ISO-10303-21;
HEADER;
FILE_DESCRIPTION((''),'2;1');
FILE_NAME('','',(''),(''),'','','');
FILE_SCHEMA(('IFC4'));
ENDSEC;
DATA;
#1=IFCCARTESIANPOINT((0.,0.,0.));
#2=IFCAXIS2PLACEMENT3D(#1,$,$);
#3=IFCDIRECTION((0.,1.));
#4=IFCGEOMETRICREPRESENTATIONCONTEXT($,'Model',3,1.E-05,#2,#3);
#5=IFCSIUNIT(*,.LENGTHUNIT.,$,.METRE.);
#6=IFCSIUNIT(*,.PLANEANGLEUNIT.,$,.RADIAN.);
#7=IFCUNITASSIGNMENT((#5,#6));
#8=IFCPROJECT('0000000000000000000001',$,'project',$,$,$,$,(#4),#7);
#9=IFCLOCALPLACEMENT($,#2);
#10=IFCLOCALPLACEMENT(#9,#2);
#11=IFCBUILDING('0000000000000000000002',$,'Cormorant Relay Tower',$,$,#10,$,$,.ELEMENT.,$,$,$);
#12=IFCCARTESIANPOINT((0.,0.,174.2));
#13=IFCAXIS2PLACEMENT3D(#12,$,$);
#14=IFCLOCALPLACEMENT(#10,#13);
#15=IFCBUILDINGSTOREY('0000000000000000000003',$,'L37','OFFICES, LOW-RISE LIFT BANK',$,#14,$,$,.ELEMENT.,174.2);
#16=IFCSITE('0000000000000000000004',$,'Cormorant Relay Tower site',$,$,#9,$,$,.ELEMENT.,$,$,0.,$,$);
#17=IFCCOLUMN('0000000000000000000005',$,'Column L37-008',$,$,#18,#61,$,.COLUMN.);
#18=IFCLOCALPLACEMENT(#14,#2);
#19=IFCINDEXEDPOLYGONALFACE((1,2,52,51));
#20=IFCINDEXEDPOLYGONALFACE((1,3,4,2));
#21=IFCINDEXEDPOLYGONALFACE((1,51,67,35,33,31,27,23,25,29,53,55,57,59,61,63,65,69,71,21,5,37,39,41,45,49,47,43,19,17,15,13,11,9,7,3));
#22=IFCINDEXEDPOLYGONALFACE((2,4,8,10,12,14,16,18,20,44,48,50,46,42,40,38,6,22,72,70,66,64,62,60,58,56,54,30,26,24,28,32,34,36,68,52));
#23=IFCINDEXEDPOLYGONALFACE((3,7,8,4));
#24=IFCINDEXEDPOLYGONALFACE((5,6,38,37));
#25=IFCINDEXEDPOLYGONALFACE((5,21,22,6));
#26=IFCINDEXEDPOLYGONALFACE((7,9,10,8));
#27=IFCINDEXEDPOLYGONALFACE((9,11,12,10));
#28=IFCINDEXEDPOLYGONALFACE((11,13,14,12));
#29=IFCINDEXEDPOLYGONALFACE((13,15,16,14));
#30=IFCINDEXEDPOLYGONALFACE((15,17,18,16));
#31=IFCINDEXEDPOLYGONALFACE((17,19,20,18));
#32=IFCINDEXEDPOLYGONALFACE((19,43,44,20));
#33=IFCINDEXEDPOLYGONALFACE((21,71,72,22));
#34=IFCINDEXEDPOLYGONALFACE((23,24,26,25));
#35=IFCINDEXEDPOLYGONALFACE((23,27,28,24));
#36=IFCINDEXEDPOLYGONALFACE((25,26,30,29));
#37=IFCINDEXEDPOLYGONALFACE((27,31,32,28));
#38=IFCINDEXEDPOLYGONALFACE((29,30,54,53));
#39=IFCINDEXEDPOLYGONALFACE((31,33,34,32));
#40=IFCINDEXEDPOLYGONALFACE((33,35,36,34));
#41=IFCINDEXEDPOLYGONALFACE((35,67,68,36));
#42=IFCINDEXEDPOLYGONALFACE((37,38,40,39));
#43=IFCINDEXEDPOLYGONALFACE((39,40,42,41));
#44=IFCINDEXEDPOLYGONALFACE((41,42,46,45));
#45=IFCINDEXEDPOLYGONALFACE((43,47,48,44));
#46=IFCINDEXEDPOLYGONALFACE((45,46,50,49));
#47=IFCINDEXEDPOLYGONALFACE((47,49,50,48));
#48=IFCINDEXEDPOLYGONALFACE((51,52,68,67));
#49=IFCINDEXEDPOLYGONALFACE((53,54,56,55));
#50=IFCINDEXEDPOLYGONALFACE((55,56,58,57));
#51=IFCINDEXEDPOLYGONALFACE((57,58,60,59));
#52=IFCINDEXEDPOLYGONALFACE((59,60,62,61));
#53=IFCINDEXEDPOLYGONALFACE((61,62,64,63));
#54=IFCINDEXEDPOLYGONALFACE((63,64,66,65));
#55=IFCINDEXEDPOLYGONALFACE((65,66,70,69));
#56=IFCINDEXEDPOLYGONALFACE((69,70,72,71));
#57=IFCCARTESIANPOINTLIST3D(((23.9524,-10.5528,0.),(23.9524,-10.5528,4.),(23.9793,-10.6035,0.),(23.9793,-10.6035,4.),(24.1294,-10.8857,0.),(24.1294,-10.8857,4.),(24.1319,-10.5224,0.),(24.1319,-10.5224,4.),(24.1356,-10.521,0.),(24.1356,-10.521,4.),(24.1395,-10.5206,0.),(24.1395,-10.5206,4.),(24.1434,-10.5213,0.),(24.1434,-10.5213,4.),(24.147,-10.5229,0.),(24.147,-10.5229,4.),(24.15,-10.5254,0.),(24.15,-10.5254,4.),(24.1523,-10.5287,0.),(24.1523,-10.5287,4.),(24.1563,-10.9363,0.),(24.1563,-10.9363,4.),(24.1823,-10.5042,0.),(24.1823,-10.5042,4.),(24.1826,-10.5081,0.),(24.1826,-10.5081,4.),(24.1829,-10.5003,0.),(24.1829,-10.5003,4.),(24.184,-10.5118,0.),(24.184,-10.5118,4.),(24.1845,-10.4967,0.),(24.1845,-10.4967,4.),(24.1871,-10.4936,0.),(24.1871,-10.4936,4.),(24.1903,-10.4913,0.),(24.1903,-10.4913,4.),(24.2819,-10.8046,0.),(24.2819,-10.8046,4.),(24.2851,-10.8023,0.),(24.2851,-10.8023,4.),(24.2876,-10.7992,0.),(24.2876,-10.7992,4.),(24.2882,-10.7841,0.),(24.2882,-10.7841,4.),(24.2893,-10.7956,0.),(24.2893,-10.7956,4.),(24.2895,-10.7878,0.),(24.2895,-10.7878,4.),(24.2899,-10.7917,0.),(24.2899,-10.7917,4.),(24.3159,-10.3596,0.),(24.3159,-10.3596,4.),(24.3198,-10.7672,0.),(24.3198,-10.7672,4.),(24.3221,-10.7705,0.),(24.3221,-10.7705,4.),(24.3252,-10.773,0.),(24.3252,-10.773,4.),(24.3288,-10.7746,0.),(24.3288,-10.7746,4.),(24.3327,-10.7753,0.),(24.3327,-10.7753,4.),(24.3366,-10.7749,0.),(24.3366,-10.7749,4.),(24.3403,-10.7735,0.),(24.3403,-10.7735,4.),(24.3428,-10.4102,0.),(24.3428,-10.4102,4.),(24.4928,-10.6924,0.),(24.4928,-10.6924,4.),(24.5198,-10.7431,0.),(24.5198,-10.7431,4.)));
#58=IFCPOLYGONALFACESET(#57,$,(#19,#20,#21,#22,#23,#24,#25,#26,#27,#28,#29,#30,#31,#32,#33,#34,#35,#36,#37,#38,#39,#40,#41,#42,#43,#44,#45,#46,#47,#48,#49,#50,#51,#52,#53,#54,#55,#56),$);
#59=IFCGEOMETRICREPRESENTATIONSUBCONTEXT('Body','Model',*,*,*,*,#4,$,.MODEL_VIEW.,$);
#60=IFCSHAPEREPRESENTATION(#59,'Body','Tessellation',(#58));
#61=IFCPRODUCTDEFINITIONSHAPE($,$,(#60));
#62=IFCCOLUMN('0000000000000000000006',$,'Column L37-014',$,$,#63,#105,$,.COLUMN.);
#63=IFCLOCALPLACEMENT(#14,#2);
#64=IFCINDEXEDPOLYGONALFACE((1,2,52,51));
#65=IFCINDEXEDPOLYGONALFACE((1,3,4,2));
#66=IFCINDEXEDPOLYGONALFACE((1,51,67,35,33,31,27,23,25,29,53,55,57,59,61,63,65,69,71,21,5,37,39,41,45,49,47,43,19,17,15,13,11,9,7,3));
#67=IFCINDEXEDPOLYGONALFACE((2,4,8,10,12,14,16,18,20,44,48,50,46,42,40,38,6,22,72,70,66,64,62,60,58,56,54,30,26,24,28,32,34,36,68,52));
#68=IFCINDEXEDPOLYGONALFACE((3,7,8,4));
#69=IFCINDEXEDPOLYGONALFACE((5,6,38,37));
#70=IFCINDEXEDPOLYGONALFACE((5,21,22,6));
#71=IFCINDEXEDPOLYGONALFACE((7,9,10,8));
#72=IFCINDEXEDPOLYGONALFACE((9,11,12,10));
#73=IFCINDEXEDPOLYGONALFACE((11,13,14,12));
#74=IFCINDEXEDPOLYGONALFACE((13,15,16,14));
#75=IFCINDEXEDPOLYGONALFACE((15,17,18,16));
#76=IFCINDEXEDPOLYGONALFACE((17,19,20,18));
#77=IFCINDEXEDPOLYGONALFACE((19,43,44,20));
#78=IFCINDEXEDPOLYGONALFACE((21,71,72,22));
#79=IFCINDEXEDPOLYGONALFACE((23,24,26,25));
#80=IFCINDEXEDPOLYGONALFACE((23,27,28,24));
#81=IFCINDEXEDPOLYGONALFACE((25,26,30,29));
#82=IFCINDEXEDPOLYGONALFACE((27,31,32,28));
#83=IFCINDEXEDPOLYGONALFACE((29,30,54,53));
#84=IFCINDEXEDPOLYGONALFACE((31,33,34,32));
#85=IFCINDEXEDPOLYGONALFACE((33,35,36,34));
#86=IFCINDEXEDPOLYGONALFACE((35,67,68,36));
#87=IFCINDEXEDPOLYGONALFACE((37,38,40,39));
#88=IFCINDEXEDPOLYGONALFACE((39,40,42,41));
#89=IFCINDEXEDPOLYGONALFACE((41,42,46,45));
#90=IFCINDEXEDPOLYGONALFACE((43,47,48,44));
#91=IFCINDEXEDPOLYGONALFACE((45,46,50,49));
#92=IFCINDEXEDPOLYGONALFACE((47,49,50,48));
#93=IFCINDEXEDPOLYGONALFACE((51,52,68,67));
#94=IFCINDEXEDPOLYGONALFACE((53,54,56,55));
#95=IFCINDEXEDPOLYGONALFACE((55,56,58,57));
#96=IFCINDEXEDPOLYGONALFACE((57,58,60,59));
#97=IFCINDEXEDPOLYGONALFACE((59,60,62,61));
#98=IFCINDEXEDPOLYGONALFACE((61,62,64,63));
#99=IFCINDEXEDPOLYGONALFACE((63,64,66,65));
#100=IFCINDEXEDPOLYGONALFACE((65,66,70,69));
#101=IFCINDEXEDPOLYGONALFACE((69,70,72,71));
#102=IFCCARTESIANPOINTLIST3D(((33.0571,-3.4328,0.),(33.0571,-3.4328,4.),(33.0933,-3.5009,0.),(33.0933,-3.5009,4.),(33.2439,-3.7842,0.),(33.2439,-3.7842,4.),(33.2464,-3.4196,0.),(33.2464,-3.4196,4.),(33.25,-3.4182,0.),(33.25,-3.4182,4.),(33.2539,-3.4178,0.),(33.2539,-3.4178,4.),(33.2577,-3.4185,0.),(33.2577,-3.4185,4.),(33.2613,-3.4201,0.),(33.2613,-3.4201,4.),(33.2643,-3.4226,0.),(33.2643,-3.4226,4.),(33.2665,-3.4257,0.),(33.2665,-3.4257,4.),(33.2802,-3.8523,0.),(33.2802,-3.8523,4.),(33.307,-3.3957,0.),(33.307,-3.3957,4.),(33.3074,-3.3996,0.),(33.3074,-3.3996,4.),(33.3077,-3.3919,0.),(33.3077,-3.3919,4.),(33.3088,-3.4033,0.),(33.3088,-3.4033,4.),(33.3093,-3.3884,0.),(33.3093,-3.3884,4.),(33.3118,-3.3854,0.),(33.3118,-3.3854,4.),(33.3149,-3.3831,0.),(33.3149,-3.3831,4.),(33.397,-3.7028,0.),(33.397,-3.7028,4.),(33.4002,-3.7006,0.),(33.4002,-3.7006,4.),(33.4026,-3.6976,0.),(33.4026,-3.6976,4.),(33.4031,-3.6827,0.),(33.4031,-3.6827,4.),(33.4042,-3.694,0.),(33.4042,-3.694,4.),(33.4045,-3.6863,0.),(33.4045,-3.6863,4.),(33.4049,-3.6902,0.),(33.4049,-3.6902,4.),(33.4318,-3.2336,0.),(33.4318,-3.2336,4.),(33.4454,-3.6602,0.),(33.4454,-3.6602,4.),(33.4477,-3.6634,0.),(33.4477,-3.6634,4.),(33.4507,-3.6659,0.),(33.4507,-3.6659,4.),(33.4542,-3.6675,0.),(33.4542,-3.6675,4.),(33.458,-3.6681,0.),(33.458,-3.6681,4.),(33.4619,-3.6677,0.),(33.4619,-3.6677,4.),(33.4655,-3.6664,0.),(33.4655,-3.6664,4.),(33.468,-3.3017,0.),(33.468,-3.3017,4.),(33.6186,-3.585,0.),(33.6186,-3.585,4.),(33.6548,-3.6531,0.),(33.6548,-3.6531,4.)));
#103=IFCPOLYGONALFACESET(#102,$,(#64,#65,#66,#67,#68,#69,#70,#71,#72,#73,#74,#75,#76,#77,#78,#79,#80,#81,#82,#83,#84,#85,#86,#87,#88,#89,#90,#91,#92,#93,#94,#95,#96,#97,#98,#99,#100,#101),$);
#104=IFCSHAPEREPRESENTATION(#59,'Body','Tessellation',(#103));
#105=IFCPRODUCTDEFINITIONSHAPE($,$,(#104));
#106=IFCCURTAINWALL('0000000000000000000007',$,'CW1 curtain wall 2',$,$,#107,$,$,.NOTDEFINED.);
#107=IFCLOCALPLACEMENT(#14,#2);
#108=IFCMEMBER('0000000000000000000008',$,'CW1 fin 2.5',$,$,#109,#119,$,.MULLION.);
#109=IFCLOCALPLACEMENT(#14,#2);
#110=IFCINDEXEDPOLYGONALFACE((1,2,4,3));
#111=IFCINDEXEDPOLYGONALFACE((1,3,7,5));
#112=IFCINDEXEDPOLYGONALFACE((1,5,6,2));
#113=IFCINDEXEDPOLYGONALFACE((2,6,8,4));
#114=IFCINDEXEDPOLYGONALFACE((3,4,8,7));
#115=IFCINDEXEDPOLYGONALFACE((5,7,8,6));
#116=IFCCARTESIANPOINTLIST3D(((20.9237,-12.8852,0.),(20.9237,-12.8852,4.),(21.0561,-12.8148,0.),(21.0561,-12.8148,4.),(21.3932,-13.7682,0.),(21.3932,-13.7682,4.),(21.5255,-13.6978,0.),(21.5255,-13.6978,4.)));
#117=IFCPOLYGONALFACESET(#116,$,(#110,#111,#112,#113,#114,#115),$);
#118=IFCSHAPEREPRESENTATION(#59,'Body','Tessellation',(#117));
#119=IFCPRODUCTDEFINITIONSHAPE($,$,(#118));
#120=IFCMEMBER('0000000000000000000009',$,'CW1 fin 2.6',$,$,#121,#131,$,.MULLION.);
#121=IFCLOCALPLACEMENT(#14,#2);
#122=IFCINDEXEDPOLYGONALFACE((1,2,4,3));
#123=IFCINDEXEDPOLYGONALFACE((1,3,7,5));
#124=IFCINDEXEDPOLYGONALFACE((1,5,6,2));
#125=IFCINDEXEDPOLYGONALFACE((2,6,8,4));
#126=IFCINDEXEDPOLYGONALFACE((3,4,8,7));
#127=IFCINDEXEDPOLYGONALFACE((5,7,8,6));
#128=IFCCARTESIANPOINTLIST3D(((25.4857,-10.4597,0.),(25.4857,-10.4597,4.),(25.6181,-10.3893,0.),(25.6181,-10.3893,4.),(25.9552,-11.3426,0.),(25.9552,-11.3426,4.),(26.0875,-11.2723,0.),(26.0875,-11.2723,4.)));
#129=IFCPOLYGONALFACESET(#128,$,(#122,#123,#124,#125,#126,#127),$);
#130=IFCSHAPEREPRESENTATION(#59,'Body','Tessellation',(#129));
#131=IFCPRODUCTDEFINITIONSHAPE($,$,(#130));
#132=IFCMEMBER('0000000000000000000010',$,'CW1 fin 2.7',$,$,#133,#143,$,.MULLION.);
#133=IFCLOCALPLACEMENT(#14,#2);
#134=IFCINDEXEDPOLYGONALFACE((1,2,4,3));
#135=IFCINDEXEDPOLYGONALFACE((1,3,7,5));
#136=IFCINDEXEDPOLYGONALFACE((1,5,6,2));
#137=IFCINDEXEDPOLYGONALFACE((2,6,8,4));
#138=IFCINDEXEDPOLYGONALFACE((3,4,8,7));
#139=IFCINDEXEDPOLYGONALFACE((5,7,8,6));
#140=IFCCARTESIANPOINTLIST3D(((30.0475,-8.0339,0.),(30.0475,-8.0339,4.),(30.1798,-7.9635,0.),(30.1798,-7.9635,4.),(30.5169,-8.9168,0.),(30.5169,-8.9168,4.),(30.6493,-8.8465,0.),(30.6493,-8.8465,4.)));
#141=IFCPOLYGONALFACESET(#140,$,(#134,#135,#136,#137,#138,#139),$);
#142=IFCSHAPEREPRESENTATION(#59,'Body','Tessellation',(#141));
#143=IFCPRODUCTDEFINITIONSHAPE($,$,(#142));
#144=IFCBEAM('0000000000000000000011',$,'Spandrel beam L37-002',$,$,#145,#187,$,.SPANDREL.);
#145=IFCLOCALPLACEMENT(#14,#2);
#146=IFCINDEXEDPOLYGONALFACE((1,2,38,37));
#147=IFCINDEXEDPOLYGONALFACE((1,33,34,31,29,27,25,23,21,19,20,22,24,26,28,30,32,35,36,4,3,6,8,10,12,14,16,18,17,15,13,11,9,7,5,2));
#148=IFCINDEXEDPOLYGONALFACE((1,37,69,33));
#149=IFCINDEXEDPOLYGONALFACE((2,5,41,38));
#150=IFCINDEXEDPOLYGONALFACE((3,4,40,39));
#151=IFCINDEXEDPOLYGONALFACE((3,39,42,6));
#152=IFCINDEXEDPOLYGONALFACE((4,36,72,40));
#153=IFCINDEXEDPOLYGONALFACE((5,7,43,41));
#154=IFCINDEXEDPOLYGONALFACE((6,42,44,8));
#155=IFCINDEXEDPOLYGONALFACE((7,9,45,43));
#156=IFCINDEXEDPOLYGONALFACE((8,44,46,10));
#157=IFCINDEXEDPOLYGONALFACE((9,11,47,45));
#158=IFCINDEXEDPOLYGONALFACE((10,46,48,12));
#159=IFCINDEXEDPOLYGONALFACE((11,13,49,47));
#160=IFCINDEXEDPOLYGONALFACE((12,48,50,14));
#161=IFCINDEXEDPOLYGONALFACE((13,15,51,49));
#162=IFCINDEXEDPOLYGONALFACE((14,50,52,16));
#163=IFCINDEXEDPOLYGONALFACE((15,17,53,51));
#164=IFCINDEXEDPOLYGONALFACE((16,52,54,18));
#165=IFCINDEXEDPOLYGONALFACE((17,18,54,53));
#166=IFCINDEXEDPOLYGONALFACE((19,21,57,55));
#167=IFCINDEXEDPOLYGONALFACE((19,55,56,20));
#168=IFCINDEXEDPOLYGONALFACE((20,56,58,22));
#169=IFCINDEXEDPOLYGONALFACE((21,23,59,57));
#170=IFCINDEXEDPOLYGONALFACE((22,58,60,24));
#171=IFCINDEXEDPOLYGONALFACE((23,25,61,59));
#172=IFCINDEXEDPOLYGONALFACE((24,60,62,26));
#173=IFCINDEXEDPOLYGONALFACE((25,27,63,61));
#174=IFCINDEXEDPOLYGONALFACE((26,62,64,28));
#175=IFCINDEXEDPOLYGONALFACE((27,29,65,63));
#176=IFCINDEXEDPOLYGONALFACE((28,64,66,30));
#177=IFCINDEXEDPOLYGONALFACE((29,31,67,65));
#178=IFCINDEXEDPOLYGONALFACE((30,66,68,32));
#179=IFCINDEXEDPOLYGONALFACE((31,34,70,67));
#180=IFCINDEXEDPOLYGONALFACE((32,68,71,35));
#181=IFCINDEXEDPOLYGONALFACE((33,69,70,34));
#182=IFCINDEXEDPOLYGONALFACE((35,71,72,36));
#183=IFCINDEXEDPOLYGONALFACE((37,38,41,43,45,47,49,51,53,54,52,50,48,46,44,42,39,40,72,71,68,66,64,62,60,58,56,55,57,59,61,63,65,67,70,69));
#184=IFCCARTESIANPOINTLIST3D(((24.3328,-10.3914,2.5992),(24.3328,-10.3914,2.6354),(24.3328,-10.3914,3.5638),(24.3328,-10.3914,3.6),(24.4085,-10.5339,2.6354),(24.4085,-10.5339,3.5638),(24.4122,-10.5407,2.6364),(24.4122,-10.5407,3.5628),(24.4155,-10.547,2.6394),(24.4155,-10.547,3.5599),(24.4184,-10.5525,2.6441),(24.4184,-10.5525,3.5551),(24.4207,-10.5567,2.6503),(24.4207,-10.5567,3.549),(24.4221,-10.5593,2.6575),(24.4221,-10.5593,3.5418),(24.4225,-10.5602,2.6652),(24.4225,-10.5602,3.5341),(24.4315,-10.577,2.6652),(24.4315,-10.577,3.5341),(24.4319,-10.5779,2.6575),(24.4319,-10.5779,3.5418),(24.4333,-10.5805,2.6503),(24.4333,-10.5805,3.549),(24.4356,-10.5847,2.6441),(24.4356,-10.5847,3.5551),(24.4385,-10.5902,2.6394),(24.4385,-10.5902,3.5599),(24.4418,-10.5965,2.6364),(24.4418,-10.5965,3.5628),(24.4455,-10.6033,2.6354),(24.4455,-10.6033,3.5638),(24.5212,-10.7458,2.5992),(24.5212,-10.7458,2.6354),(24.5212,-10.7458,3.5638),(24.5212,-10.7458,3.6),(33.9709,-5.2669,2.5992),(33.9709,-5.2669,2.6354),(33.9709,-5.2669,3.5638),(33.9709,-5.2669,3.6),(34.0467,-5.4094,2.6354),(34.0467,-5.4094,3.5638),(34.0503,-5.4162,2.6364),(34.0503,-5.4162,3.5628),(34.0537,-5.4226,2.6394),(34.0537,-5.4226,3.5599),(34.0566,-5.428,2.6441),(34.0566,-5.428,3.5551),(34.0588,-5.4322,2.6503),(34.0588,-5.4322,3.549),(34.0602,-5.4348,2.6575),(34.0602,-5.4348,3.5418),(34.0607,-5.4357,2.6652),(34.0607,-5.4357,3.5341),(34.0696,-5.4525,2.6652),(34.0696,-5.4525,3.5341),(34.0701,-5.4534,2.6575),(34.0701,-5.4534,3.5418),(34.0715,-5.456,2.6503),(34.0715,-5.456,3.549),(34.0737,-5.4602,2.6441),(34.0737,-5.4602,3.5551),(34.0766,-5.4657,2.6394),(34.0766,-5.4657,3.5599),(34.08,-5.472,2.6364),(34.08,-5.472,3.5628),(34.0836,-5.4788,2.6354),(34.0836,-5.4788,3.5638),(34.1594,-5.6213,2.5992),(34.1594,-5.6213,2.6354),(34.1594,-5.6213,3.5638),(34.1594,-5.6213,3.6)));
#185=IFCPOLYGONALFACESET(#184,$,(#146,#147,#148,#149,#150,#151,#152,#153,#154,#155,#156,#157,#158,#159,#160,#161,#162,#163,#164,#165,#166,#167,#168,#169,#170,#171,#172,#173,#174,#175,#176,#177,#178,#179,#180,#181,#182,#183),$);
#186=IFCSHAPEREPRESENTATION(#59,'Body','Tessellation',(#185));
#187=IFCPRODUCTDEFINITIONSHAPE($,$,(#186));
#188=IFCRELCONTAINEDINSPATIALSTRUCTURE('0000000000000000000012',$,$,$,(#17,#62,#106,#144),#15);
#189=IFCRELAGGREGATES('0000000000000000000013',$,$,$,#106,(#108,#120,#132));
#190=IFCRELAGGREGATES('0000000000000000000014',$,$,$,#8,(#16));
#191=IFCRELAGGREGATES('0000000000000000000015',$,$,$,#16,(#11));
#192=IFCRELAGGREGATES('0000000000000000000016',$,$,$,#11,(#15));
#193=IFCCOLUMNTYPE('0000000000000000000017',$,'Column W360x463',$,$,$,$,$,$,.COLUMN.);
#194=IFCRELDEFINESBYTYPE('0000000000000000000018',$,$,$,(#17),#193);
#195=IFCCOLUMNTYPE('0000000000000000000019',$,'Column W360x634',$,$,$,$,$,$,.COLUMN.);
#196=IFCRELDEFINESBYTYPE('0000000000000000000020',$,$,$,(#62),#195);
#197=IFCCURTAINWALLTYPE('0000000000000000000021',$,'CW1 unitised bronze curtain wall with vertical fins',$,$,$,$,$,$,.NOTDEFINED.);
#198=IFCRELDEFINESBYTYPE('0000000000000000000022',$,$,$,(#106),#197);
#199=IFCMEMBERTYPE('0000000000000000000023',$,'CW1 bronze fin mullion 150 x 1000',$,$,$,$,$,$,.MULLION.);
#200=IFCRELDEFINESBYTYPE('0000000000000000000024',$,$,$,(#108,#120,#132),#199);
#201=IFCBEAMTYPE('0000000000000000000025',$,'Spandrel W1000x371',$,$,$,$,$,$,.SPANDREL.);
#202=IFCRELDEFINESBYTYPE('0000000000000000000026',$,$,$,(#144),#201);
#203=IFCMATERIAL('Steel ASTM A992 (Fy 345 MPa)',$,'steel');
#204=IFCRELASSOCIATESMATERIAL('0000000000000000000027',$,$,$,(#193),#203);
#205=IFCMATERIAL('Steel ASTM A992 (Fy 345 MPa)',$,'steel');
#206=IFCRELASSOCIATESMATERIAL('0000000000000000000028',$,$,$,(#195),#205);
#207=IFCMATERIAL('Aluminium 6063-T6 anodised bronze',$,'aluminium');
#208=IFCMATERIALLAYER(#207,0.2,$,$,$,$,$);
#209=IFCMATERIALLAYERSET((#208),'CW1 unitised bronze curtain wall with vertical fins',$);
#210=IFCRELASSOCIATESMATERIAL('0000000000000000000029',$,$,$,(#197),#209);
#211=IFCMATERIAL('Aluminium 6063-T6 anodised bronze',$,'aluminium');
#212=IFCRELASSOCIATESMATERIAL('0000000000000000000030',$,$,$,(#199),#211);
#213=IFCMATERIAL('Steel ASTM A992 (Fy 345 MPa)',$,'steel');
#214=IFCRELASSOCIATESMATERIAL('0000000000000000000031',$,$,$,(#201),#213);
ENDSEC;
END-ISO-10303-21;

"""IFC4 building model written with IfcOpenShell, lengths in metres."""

from ifc_helpers import new_model, si_unit, direction, frame, origin, origin_2d, place, context, subcontext, project, spatial, rectangle, i_section, extrude, material, layer, layer_set, material_profile, profile_set, type_object, element, aggregate, save


model = new_model("IFC4")

# Units and contexts
model_context = context("Model", 3, precision=1e-05, world=origin(), true_north=direction((0.0, 1.0)))
body_context = subcontext(model_context, "Body", "Model", "MODEL_VIEW")
ifc_project = project(units=[si_unit("LENGTHUNIT", "METRE"), si_unit("PLANEANGLEUNIT", "RADIAN")], contexts=[model_context])

# Site, building, storey
site_placement = place(None, origin())
site = spatial("IfcSite", under=ifc_project, at=site_placement, Name="Cormorant Relay Tower site", CompositionType="ELEMENT", RefElevation=0.0)
building_placement = place(site_placement, origin())
building = spatial("IfcBuilding", under=site, at=building_placement, Name="Cormorant Relay Tower", CompositionType="ELEMENT")
storey_placement = place(building_placement, frame((0.0, 0.0, 174.2)))
storey = spatial("IfcBuildingStorey", under=building, at=storey_placement, Name="L37", Description="OFFICES, LOW-RISE LIFT BANK", CompositionType="ELEMENT", Elevation=174.2)

# Columns
ifc_material_1 = material(Name="Steel ASTM A992 (Fy 345 MPa)", Category="steel")
ifc_material_profile_1 = material_profile(ifc_material_1, i_section(OverallWidth=0.4116, OverallDepth=0.4343, WebThickness=0.0359, FlangeThickness=0.0574, FilletRadius=0.0151, at=origin_2d()), Name="W360x463")
ifc_profile_set_1 = profile_set([ifc_material_profile_1], Name="Steel ASTM A992 (Fy 345 MPa)")
column_type_1 = type_object("IfcColumnType", Name="Column W360x463", PredefinedType="COLUMN", material=ifc_profile_set_1)
column_1_placement = place(storey_placement, frame((24.2361, -10.6479, 0.0), z_axis=(0.0, 0.0, 1.0), x_axis=(0.882948, 0.469472, 0.0)))
element("IfcColumn", 1, at=column_1_placement, inside=storey, type_object=column_type_1, Name="Column L37-008", PredefinedType="COLUMN", context=body_context, shape_type="SweptSolid", body=[
    extrude(i_section(OverallWidth=0.4116, OverallDepth=0.4343, WebThickness=0.0359, FlangeThickness=0.0574, FilletRadius=0.0151, at=origin_2d()), origin(), (0.0, 0.0, 1.0), 4.0),
])
ifc_material_2 = material(Name="Steel ASTM A992 (Fy 345 MPa)", Category="steel")
ifc_material_profile_2 = material_profile(ifc_material_2, i_section(OverallWidth=0.4243, OverallDepth=0.4751, WebThickness=0.0479, FlangeThickness=0.0771, FilletRadius=0.0149, at=origin_2d()), Name="W360x634")
ifc_profile_set_2 = profile_set([ifc_material_profile_2], Name="Steel ASTM A992 (Fy 345 MPa)")
column_type_2 = type_object("IfcColumnType", Name="Column W360x634", PredefinedType="COLUMN", material=ifc_profile_set_2)
column_2_placement = place(storey_placement, frame((33.356, -3.543, 0.0), z_axis=(0.0, 0.0, 1.0), x_axis=(0.882948, 0.469472, 0.0)))
element("IfcColumn", 2, at=column_2_placement, inside=storey, type_object=column_type_2, Name="Column L37-014", PredefinedType="COLUMN", context=body_context, shape_type="SweptSolid", body=[
    extrude(i_section(OverallWidth=0.4243, OverallDepth=0.4751, WebThickness=0.0479, FlangeThickness=0.0771, FilletRadius=0.0149, at=origin_2d()), origin(), (0.0, 0.0, 1.0), 4.0),
])

# Curtain wall, members
ifc_material_3 = material(Name="Aluminium 6063-T6 anodised bronze", Category="aluminium")
ifc_layer_1 = layer(ifc_material_3, 0.2)
ifc_layer_set_1 = layer_set([ifc_layer_1], Name="CW1 unitised bronze curtain wall with vertical fins")
curtain_wall_type = type_object("IfcCurtainWallType", Name="CW1 unitised bronze curtain wall with vertical fins", PredefinedType="NOTDEFINED", material=ifc_layer_set_1)
curtain_wall_placement = place(storey_placement, origin())
curtain_wall = element("IfcCurtainWall", 3, at=curtain_wall_placement, inside=storey, type_object=curtain_wall_type, Name="CW1 curtain wall 2", PredefinedType="NOTDEFINED")
ifc_material_4 = material(Name="Aluminium 6063-T6 anodised bronze", Category="aluminium")
ifc_material_profile_3 = material_profile(ifc_material_4, rectangle(XDim=0.1499, YDim=1.0, at=origin_2d()), Name="AL 150x1000")
ifc_profile_set_3 = profile_set([ifc_material_profile_3], Name="Aluminium 6063-T6 anodised bronze")
member_type = type_object("IfcMemberType", Name="CW1 bronze fin mullion 150 x 1000", PredefinedType="MULLION", material=ifc_profile_set_3)
member_1_placement = place(storey_placement, frame((21.2246, -13.2915, 0.0), z_axis=(0.0, 0.0, 1.0), x_axis=(0.882948, 0.469472, 0.0)))
member_1 = element("IfcMember", 4, at=member_1_placement, type_object=member_type, Name="CW1 fin 2.5", PredefinedType="MULLION", context=body_context, shape_type="SweptSolid", body=[
    extrude(rectangle(XDim=0.1499, YDim=1.0, at=origin_2d()), origin(), (0.0, 0.0, 1.0), 4.0),
])
member_2_placement = place(storey_placement, frame((25.7866, -10.866, 0.0), z_axis=(0.0, 0.0, 1.0), x_axis=(0.882948, 0.469472, 0.0)))
member_2 = element("IfcMember", 5, at=member_2_placement, type_object=member_type, Name="CW1 fin 2.6", PredefinedType="MULLION", context=body_context, shape_type="SweptSolid", body=[
    extrude(rectangle(XDim=0.1499, YDim=1.0, at=origin_2d()), origin(), (0.0, 0.0, 1.0), 4.0),
])
member_3_placement = place(storey_placement, frame((30.3484, -8.4402, 0.0), z_axis=(0.0, 0.0, 1.0), x_axis=(0.882948, 0.469472, 0.0)))
member_3 = element("IfcMember", 6, at=member_3_placement, type_object=member_type, Name="CW1 fin 2.7", PredefinedType="MULLION", context=body_context, shape_type="SweptSolid", body=[
    extrude(rectangle(XDim=0.1499, YDim=1.0, at=origin_2d()), origin(), (0.0, 0.0, 1.0), 4.0),
])

# Beam
ifc_material_5 = material(Name="Steel ASTM A992 (Fy 345 MPa)", Category="steel")
ifc_material_profile_4 = material_profile(ifc_material_5, i_section(OverallWidth=0.4014, OverallDepth=1.0007, WebThickness=0.019, FlangeThickness=0.0361, FilletRadius=0.0298, at=origin_2d()), Name="W1000x371")
ifc_profile_set_4 = profile_set([ifc_material_profile_4], Name="Steel ASTM A992 (Fy 345 MPa)")
beam_type = type_object("IfcBeamType", Name="Spandrel W1000x371", PredefinedType="SPANDREL", material=ifc_profile_set_4)
beam_placement = place(storey_placement, frame((24.427, -10.5686, 3.0996), z_axis=(0.882955, 0.469457, 0.0), x_axis=(-0.469457, 0.882955, 0.0)))
element("IfcBeam", 7, at=beam_placement, inside=storey, type_object=beam_type, Name="Spandrel beam L37-002", PredefinedType="SPANDREL", context=body_context, shape_type="SweptSolid", body=[
    extrude(i_section(OverallWidth=0.4014, OverallDepth=1.0007, WebThickness=0.019, FlangeThickness=0.0361, FilletRadius=0.0298, at=origin_2d()), origin(), (0.0, 0.0, 1.0), 10.9158),
])

aggregate(curtain_wall, [member_1, member_2, member_3])

save(model, "model.ifc")
